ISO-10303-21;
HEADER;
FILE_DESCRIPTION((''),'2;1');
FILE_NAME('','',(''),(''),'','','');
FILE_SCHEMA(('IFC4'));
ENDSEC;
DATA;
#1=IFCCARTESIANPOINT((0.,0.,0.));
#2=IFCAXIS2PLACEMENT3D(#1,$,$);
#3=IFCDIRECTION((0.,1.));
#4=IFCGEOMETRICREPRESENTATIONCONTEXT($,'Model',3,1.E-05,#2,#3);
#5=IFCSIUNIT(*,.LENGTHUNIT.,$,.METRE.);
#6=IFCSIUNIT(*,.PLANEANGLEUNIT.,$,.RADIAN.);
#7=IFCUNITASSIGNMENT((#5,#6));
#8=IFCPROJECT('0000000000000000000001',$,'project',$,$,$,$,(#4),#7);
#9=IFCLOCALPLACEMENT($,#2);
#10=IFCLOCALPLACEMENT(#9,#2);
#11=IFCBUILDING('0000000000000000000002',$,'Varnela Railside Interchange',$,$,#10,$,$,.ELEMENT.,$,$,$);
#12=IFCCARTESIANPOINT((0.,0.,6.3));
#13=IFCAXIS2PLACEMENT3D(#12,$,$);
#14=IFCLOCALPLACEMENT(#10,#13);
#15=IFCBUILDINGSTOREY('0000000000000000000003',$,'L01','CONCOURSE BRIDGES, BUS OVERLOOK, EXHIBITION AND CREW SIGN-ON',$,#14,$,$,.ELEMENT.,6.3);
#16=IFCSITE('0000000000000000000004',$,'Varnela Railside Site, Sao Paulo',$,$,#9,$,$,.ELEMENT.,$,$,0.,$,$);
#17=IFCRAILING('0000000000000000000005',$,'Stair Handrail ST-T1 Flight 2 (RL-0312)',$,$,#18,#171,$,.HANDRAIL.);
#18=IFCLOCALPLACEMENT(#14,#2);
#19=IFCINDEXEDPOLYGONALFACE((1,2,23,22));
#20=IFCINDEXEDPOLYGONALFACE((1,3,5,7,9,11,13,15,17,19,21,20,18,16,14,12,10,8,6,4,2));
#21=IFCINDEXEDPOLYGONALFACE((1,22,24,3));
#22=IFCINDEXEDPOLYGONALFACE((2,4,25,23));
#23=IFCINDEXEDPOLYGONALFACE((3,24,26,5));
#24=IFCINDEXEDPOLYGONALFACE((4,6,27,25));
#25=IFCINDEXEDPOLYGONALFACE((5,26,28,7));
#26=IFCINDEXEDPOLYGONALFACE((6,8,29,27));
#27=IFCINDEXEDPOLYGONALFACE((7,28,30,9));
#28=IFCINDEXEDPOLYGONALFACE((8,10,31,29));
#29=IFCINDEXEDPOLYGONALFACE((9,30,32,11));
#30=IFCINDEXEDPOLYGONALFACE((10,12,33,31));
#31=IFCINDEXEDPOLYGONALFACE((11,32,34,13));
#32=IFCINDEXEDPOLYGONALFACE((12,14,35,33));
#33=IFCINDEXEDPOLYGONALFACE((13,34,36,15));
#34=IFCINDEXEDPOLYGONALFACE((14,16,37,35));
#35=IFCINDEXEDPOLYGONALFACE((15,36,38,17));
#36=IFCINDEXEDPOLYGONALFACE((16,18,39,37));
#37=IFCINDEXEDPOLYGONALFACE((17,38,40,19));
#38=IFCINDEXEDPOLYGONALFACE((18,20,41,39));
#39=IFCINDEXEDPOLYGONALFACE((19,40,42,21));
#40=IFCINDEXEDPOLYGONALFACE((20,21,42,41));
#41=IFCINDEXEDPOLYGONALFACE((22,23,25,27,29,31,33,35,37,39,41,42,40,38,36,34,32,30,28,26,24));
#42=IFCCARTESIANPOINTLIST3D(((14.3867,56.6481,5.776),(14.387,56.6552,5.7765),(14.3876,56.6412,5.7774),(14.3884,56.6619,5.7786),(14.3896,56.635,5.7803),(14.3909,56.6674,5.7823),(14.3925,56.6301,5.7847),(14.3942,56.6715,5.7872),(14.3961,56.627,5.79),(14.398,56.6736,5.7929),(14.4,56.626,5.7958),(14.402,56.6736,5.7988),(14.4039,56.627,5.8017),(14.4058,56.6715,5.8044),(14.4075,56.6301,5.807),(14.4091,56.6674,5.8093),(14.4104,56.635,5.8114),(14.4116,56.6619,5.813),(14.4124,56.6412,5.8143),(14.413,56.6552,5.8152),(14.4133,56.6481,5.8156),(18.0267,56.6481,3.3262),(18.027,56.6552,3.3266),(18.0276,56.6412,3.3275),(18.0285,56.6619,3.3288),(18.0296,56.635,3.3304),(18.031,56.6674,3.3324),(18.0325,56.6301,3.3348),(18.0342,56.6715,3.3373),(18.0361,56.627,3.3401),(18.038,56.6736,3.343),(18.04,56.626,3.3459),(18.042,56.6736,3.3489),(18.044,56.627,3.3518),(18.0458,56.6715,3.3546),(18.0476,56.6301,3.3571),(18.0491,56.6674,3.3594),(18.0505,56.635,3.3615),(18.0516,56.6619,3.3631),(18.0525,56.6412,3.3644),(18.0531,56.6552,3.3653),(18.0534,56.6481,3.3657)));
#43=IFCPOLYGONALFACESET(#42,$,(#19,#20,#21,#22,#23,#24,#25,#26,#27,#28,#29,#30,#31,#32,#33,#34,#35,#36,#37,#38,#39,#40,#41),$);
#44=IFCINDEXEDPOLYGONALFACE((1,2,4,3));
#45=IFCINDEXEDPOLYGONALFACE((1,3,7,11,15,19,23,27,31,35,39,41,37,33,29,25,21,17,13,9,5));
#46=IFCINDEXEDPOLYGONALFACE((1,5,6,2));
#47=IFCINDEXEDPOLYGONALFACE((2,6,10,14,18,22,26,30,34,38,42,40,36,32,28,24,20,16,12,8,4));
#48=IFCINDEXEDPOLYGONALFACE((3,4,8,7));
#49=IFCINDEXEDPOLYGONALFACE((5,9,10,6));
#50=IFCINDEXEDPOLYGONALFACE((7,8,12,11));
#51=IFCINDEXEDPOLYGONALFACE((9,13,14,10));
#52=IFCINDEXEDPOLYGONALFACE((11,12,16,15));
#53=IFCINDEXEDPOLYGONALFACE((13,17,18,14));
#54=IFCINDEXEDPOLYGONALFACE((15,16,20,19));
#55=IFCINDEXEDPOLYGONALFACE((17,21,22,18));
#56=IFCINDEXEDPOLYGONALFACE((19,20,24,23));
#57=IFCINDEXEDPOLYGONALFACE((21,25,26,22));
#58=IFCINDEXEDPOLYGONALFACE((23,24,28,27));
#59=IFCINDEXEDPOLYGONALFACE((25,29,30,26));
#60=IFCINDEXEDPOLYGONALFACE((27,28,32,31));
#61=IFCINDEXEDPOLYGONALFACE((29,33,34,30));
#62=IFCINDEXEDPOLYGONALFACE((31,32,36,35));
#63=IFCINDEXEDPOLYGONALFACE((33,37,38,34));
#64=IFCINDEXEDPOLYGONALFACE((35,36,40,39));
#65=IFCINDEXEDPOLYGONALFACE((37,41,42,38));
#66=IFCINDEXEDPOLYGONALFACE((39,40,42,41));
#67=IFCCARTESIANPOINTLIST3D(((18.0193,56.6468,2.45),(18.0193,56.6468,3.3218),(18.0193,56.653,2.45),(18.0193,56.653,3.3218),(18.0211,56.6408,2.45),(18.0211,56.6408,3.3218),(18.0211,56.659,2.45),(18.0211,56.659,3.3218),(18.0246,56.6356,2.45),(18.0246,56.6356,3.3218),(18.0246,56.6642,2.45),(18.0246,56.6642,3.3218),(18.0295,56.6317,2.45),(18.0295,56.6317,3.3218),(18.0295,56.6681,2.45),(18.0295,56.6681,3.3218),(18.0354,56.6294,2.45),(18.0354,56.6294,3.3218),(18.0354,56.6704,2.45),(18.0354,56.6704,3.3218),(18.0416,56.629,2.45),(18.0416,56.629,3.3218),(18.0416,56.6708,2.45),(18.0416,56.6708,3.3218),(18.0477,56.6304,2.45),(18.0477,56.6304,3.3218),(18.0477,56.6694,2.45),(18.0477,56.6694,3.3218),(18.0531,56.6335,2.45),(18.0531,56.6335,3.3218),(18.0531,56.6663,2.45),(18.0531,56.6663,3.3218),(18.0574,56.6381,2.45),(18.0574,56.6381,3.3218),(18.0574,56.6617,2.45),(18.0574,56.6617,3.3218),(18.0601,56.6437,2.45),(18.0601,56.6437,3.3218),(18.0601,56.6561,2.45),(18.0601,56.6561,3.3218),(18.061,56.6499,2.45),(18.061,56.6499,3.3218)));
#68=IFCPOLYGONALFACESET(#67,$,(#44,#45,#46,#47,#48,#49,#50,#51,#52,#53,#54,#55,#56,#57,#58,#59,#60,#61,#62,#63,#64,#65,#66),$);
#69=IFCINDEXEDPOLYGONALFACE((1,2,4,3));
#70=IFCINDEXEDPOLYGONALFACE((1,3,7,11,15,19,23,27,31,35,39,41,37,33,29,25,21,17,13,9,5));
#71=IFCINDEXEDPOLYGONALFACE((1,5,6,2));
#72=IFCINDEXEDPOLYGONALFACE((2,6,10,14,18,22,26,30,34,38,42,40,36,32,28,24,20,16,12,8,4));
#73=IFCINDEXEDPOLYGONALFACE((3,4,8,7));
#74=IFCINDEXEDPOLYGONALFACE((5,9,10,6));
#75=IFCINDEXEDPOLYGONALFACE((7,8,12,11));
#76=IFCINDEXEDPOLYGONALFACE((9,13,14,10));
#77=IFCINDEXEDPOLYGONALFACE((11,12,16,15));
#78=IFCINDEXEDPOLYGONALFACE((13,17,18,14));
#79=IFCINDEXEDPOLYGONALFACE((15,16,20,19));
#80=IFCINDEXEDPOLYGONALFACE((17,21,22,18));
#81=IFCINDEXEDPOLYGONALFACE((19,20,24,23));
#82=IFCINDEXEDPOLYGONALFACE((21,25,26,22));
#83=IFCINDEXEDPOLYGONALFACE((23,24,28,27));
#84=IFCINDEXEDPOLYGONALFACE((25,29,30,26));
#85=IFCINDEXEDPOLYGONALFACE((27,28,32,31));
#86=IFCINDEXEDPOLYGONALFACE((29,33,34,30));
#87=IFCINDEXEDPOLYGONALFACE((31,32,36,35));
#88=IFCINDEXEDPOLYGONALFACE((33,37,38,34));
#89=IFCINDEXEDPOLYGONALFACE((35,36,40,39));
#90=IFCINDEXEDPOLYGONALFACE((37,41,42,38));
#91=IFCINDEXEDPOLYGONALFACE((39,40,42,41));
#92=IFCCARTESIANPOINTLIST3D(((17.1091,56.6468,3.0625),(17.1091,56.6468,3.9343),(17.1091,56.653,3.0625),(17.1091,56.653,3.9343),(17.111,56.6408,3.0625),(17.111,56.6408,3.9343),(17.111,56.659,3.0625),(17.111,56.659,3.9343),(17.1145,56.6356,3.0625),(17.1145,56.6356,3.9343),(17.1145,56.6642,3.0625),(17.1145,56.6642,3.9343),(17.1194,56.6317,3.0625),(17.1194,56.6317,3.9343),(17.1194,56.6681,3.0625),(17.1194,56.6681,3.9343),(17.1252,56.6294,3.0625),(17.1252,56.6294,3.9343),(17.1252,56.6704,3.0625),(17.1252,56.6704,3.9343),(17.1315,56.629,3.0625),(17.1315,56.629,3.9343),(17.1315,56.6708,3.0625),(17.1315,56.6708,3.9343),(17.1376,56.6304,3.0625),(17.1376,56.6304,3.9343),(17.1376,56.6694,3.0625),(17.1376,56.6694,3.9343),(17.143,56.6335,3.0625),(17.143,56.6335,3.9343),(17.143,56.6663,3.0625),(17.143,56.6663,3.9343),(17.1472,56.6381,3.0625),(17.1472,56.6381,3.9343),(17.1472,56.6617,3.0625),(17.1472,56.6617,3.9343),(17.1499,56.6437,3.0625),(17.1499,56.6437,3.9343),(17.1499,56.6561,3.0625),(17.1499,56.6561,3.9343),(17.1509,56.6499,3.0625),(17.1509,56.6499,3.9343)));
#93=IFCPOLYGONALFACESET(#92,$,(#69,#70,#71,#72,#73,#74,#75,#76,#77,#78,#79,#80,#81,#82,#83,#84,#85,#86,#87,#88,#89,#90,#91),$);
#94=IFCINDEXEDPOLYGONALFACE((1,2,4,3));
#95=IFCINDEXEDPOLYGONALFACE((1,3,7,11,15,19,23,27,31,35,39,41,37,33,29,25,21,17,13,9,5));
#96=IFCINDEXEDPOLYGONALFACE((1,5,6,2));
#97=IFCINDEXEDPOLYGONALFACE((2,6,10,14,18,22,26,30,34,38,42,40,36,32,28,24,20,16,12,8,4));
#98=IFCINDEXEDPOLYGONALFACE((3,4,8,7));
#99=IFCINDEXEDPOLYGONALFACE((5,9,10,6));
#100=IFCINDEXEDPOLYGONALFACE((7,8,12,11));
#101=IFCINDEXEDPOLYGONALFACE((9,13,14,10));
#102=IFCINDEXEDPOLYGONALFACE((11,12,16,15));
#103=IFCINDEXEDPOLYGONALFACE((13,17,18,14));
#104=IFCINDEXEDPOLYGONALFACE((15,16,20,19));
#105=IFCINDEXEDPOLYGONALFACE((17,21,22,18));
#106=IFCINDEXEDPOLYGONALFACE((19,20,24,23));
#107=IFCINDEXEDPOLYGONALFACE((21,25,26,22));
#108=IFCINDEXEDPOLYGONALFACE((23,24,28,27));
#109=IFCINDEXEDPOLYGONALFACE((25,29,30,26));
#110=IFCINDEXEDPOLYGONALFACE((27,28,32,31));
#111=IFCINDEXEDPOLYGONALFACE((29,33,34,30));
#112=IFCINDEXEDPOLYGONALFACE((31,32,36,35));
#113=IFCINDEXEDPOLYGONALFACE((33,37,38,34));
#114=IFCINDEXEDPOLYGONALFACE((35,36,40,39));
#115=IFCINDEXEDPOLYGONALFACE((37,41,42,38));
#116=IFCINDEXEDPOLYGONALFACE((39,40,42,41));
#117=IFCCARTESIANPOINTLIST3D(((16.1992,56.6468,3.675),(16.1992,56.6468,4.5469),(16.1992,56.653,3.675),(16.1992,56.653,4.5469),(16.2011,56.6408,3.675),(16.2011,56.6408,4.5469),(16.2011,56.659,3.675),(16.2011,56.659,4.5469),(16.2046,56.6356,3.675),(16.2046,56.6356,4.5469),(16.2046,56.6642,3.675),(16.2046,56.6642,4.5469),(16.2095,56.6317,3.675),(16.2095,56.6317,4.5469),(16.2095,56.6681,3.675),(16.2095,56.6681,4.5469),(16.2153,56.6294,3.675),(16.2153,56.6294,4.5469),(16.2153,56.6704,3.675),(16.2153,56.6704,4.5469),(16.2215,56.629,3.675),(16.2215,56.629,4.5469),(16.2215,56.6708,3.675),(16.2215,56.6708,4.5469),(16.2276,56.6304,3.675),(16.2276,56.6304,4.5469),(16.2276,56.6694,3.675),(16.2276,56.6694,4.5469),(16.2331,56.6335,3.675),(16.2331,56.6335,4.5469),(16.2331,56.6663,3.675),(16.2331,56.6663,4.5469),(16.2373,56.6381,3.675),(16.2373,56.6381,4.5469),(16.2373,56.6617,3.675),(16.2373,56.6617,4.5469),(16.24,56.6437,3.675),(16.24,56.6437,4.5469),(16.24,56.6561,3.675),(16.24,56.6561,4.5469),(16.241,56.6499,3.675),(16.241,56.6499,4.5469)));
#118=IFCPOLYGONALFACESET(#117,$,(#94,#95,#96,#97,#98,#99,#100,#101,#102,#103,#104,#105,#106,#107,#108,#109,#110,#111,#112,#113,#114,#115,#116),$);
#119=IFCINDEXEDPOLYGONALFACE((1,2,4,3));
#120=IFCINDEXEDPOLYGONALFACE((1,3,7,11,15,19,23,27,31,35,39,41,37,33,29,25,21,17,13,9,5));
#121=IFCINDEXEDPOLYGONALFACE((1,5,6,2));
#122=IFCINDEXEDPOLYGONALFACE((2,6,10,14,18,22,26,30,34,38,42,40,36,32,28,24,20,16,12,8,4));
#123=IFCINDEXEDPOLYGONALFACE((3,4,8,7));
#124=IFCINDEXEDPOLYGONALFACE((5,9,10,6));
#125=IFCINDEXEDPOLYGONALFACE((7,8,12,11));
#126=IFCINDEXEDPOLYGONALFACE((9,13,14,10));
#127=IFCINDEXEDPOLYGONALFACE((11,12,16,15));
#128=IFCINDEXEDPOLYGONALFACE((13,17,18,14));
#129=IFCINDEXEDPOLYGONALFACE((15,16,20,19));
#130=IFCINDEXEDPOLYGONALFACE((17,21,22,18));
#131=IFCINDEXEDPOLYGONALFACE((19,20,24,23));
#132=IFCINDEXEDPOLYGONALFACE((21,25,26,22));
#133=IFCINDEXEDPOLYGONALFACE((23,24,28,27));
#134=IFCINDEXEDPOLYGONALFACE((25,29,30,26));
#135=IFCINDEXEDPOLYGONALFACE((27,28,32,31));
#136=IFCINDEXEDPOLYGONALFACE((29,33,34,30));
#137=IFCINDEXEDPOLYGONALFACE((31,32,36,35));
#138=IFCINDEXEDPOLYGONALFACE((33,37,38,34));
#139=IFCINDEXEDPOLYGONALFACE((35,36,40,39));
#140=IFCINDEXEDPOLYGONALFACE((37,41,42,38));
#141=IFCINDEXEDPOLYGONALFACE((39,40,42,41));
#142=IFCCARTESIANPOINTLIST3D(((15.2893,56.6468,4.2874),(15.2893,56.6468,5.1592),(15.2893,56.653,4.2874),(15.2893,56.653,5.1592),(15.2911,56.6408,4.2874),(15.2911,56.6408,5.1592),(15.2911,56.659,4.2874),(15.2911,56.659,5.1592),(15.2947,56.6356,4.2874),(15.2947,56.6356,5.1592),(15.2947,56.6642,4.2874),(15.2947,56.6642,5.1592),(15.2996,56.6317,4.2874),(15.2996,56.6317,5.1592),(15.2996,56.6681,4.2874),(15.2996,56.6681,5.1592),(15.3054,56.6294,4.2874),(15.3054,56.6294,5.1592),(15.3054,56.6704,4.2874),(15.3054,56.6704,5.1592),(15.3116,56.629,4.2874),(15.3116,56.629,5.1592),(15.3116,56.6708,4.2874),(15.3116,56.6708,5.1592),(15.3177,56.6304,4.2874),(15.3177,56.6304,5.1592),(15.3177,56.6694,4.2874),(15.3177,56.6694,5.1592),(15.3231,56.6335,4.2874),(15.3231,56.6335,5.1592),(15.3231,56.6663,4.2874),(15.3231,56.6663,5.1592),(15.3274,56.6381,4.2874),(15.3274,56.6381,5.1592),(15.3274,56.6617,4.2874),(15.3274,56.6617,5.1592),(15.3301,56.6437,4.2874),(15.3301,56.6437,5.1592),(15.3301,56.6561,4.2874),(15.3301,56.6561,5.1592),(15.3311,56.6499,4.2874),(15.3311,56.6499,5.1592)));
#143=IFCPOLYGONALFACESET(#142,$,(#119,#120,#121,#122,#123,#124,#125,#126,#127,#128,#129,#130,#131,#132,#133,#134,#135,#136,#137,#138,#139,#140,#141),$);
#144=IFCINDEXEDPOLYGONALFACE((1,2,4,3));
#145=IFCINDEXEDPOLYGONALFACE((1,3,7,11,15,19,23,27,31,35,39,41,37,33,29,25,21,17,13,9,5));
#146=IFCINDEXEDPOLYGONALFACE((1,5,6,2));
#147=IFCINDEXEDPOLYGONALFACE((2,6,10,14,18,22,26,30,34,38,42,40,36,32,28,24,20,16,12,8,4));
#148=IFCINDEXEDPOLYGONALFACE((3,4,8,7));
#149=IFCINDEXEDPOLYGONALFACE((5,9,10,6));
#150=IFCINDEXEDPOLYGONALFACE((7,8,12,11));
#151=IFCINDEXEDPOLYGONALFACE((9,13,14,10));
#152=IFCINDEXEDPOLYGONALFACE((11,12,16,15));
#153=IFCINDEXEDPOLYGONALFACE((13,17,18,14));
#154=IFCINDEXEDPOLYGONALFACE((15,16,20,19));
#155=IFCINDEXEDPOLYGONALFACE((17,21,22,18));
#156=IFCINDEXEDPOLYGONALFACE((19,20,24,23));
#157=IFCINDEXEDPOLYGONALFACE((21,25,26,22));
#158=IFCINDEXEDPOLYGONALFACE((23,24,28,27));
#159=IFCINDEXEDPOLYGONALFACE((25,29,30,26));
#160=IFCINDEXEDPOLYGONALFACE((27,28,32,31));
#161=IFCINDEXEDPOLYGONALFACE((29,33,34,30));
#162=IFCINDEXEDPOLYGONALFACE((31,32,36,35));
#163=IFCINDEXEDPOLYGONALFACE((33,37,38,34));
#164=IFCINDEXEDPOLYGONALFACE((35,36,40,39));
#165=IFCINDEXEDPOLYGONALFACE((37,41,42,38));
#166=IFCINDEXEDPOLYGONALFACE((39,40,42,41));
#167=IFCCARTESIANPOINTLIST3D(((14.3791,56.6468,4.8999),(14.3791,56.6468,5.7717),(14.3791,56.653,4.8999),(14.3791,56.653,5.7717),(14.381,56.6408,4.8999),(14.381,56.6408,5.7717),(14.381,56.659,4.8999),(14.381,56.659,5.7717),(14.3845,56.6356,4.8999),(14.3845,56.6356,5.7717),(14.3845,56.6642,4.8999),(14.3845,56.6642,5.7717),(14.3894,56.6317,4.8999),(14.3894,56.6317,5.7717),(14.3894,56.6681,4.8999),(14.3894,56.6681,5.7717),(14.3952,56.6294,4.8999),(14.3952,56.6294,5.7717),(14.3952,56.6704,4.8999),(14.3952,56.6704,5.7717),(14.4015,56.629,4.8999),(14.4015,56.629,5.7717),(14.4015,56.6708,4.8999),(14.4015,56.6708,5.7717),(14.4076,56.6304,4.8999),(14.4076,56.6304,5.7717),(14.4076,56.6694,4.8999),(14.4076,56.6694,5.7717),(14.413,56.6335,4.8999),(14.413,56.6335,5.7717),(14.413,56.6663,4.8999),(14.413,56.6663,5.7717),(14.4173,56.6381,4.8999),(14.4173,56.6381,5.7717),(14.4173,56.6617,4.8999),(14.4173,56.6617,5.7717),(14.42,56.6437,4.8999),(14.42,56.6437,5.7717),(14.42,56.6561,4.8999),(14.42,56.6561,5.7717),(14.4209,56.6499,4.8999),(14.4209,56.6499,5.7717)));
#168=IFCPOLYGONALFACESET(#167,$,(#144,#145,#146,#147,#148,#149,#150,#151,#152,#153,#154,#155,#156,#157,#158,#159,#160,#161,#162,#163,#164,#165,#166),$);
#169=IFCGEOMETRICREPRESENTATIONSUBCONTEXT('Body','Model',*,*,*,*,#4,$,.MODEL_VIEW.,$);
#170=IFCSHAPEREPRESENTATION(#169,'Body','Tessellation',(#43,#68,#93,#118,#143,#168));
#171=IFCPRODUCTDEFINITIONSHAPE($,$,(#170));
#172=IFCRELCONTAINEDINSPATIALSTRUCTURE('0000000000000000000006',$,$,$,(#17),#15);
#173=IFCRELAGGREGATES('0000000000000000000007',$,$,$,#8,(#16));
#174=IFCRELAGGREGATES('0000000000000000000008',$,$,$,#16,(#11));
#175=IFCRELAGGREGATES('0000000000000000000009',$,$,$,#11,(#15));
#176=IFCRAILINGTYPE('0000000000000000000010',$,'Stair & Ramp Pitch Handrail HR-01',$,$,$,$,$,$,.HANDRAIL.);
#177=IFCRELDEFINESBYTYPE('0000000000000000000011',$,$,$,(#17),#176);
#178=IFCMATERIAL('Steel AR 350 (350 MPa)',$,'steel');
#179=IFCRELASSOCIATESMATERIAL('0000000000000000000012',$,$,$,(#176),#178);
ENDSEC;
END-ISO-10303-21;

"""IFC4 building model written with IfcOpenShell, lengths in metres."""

from ifc_helpers import new_model, si_unit, direction, frame, origin, origin_2d, place, context, subcontext, project, spatial, circle, extrude, material, type_object, element, save


model = new_model("IFC4")

# Units and contexts
model_context = context("Model", 3, precision=1e-05, world=origin(), true_north=direction((0.0, 1.0)))
body_context = subcontext(model_context, "Body", "Model", "MODEL_VIEW")
ifc_project = project(units=[si_unit("LENGTHUNIT", "METRE"), si_unit("PLANEANGLEUNIT", "RADIAN")], contexts=[model_context])

# Site, building, storey
site_placement = place(None, origin())
site = spatial("IfcSite", under=ifc_project, at=site_placement, Name="Varnela Railside Site, Sao Paulo", CompositionType="ELEMENT", RefElevation=0.0)
building_placement = place(site_placement, origin())
building = spatial("IfcBuilding", under=site, at=building_placement, Name="Varnela Railside Interchange", CompositionType="ELEMENT")
storey_placement = place(building_placement, frame((0.0, 0.0, 6.3)))
storey = spatial("IfcBuildingStorey", under=building, at=storey_placement, Name="L01", Description="CONCOURSE BRIDGES, BUS OVERLOOK, EXHIBITION AND CREW SIGN-ON", CompositionType="ELEMENT", Elevation=6.3)

# Railing
ifc_material_1 = material(Name="Steel AR 350 (350 MPa)", Category="steel")
railing_type_1 = type_object("IfcRailingType", Name="Stair & Ramp Pitch Handrail HR-01", PredefinedType="HANDRAIL", material=ifc_material_1)
railing_1_placement = place(storey_placement, frame((18.04, 56.6499, 2.45)))
element("IfcRailing", 1, at=railing_1_placement, inside=storey, type_object=railing_type_1, Name="Stair Handrail ST-T1 Flight 2 (RL-0312)", PredefinedType="HANDRAIL", context=body_context, shape_type="SweptSolid", body=[
    extrude(circle(Radius=0.0239, at=origin_2d()), frame((0.0, 0.0, 0.896), z_axis=(-0.829603, 0.0, 0.558354), x_axis=(0.0, -1.0, 0.0)), (0.0, 0.0, 1.0), 4.3877),
    extrude(circle(Radius=0.021, at=origin_2d()), origin(), (0.0, 0.0, 1.0), 0.8718),
    extrude(circle(Radius=0.021, at=origin_2d()), frame((-0.9102, 0.0, 0.6125)), (0.0, 0.0, 1.0), 0.8718),
    extrude(circle(Radius=0.021, at=origin_2d()), frame((-1.8201, 0.0, 1.2251)), (0.0, 0.0, 1.0), 0.8718),
    extrude(circle(Radius=0.021, at=origin_2d()), frame((-2.73, 0.0, 1.8374)), (0.0, 0.0, 1.0), 0.8718),
    extrude(circle(Radius=0.021, at=origin_2d()), frame((-3.6401, 0.0, 2.45)), (0.0, 0.0, 1.0), 0.8718),
])

save(model, "model.ifc")
